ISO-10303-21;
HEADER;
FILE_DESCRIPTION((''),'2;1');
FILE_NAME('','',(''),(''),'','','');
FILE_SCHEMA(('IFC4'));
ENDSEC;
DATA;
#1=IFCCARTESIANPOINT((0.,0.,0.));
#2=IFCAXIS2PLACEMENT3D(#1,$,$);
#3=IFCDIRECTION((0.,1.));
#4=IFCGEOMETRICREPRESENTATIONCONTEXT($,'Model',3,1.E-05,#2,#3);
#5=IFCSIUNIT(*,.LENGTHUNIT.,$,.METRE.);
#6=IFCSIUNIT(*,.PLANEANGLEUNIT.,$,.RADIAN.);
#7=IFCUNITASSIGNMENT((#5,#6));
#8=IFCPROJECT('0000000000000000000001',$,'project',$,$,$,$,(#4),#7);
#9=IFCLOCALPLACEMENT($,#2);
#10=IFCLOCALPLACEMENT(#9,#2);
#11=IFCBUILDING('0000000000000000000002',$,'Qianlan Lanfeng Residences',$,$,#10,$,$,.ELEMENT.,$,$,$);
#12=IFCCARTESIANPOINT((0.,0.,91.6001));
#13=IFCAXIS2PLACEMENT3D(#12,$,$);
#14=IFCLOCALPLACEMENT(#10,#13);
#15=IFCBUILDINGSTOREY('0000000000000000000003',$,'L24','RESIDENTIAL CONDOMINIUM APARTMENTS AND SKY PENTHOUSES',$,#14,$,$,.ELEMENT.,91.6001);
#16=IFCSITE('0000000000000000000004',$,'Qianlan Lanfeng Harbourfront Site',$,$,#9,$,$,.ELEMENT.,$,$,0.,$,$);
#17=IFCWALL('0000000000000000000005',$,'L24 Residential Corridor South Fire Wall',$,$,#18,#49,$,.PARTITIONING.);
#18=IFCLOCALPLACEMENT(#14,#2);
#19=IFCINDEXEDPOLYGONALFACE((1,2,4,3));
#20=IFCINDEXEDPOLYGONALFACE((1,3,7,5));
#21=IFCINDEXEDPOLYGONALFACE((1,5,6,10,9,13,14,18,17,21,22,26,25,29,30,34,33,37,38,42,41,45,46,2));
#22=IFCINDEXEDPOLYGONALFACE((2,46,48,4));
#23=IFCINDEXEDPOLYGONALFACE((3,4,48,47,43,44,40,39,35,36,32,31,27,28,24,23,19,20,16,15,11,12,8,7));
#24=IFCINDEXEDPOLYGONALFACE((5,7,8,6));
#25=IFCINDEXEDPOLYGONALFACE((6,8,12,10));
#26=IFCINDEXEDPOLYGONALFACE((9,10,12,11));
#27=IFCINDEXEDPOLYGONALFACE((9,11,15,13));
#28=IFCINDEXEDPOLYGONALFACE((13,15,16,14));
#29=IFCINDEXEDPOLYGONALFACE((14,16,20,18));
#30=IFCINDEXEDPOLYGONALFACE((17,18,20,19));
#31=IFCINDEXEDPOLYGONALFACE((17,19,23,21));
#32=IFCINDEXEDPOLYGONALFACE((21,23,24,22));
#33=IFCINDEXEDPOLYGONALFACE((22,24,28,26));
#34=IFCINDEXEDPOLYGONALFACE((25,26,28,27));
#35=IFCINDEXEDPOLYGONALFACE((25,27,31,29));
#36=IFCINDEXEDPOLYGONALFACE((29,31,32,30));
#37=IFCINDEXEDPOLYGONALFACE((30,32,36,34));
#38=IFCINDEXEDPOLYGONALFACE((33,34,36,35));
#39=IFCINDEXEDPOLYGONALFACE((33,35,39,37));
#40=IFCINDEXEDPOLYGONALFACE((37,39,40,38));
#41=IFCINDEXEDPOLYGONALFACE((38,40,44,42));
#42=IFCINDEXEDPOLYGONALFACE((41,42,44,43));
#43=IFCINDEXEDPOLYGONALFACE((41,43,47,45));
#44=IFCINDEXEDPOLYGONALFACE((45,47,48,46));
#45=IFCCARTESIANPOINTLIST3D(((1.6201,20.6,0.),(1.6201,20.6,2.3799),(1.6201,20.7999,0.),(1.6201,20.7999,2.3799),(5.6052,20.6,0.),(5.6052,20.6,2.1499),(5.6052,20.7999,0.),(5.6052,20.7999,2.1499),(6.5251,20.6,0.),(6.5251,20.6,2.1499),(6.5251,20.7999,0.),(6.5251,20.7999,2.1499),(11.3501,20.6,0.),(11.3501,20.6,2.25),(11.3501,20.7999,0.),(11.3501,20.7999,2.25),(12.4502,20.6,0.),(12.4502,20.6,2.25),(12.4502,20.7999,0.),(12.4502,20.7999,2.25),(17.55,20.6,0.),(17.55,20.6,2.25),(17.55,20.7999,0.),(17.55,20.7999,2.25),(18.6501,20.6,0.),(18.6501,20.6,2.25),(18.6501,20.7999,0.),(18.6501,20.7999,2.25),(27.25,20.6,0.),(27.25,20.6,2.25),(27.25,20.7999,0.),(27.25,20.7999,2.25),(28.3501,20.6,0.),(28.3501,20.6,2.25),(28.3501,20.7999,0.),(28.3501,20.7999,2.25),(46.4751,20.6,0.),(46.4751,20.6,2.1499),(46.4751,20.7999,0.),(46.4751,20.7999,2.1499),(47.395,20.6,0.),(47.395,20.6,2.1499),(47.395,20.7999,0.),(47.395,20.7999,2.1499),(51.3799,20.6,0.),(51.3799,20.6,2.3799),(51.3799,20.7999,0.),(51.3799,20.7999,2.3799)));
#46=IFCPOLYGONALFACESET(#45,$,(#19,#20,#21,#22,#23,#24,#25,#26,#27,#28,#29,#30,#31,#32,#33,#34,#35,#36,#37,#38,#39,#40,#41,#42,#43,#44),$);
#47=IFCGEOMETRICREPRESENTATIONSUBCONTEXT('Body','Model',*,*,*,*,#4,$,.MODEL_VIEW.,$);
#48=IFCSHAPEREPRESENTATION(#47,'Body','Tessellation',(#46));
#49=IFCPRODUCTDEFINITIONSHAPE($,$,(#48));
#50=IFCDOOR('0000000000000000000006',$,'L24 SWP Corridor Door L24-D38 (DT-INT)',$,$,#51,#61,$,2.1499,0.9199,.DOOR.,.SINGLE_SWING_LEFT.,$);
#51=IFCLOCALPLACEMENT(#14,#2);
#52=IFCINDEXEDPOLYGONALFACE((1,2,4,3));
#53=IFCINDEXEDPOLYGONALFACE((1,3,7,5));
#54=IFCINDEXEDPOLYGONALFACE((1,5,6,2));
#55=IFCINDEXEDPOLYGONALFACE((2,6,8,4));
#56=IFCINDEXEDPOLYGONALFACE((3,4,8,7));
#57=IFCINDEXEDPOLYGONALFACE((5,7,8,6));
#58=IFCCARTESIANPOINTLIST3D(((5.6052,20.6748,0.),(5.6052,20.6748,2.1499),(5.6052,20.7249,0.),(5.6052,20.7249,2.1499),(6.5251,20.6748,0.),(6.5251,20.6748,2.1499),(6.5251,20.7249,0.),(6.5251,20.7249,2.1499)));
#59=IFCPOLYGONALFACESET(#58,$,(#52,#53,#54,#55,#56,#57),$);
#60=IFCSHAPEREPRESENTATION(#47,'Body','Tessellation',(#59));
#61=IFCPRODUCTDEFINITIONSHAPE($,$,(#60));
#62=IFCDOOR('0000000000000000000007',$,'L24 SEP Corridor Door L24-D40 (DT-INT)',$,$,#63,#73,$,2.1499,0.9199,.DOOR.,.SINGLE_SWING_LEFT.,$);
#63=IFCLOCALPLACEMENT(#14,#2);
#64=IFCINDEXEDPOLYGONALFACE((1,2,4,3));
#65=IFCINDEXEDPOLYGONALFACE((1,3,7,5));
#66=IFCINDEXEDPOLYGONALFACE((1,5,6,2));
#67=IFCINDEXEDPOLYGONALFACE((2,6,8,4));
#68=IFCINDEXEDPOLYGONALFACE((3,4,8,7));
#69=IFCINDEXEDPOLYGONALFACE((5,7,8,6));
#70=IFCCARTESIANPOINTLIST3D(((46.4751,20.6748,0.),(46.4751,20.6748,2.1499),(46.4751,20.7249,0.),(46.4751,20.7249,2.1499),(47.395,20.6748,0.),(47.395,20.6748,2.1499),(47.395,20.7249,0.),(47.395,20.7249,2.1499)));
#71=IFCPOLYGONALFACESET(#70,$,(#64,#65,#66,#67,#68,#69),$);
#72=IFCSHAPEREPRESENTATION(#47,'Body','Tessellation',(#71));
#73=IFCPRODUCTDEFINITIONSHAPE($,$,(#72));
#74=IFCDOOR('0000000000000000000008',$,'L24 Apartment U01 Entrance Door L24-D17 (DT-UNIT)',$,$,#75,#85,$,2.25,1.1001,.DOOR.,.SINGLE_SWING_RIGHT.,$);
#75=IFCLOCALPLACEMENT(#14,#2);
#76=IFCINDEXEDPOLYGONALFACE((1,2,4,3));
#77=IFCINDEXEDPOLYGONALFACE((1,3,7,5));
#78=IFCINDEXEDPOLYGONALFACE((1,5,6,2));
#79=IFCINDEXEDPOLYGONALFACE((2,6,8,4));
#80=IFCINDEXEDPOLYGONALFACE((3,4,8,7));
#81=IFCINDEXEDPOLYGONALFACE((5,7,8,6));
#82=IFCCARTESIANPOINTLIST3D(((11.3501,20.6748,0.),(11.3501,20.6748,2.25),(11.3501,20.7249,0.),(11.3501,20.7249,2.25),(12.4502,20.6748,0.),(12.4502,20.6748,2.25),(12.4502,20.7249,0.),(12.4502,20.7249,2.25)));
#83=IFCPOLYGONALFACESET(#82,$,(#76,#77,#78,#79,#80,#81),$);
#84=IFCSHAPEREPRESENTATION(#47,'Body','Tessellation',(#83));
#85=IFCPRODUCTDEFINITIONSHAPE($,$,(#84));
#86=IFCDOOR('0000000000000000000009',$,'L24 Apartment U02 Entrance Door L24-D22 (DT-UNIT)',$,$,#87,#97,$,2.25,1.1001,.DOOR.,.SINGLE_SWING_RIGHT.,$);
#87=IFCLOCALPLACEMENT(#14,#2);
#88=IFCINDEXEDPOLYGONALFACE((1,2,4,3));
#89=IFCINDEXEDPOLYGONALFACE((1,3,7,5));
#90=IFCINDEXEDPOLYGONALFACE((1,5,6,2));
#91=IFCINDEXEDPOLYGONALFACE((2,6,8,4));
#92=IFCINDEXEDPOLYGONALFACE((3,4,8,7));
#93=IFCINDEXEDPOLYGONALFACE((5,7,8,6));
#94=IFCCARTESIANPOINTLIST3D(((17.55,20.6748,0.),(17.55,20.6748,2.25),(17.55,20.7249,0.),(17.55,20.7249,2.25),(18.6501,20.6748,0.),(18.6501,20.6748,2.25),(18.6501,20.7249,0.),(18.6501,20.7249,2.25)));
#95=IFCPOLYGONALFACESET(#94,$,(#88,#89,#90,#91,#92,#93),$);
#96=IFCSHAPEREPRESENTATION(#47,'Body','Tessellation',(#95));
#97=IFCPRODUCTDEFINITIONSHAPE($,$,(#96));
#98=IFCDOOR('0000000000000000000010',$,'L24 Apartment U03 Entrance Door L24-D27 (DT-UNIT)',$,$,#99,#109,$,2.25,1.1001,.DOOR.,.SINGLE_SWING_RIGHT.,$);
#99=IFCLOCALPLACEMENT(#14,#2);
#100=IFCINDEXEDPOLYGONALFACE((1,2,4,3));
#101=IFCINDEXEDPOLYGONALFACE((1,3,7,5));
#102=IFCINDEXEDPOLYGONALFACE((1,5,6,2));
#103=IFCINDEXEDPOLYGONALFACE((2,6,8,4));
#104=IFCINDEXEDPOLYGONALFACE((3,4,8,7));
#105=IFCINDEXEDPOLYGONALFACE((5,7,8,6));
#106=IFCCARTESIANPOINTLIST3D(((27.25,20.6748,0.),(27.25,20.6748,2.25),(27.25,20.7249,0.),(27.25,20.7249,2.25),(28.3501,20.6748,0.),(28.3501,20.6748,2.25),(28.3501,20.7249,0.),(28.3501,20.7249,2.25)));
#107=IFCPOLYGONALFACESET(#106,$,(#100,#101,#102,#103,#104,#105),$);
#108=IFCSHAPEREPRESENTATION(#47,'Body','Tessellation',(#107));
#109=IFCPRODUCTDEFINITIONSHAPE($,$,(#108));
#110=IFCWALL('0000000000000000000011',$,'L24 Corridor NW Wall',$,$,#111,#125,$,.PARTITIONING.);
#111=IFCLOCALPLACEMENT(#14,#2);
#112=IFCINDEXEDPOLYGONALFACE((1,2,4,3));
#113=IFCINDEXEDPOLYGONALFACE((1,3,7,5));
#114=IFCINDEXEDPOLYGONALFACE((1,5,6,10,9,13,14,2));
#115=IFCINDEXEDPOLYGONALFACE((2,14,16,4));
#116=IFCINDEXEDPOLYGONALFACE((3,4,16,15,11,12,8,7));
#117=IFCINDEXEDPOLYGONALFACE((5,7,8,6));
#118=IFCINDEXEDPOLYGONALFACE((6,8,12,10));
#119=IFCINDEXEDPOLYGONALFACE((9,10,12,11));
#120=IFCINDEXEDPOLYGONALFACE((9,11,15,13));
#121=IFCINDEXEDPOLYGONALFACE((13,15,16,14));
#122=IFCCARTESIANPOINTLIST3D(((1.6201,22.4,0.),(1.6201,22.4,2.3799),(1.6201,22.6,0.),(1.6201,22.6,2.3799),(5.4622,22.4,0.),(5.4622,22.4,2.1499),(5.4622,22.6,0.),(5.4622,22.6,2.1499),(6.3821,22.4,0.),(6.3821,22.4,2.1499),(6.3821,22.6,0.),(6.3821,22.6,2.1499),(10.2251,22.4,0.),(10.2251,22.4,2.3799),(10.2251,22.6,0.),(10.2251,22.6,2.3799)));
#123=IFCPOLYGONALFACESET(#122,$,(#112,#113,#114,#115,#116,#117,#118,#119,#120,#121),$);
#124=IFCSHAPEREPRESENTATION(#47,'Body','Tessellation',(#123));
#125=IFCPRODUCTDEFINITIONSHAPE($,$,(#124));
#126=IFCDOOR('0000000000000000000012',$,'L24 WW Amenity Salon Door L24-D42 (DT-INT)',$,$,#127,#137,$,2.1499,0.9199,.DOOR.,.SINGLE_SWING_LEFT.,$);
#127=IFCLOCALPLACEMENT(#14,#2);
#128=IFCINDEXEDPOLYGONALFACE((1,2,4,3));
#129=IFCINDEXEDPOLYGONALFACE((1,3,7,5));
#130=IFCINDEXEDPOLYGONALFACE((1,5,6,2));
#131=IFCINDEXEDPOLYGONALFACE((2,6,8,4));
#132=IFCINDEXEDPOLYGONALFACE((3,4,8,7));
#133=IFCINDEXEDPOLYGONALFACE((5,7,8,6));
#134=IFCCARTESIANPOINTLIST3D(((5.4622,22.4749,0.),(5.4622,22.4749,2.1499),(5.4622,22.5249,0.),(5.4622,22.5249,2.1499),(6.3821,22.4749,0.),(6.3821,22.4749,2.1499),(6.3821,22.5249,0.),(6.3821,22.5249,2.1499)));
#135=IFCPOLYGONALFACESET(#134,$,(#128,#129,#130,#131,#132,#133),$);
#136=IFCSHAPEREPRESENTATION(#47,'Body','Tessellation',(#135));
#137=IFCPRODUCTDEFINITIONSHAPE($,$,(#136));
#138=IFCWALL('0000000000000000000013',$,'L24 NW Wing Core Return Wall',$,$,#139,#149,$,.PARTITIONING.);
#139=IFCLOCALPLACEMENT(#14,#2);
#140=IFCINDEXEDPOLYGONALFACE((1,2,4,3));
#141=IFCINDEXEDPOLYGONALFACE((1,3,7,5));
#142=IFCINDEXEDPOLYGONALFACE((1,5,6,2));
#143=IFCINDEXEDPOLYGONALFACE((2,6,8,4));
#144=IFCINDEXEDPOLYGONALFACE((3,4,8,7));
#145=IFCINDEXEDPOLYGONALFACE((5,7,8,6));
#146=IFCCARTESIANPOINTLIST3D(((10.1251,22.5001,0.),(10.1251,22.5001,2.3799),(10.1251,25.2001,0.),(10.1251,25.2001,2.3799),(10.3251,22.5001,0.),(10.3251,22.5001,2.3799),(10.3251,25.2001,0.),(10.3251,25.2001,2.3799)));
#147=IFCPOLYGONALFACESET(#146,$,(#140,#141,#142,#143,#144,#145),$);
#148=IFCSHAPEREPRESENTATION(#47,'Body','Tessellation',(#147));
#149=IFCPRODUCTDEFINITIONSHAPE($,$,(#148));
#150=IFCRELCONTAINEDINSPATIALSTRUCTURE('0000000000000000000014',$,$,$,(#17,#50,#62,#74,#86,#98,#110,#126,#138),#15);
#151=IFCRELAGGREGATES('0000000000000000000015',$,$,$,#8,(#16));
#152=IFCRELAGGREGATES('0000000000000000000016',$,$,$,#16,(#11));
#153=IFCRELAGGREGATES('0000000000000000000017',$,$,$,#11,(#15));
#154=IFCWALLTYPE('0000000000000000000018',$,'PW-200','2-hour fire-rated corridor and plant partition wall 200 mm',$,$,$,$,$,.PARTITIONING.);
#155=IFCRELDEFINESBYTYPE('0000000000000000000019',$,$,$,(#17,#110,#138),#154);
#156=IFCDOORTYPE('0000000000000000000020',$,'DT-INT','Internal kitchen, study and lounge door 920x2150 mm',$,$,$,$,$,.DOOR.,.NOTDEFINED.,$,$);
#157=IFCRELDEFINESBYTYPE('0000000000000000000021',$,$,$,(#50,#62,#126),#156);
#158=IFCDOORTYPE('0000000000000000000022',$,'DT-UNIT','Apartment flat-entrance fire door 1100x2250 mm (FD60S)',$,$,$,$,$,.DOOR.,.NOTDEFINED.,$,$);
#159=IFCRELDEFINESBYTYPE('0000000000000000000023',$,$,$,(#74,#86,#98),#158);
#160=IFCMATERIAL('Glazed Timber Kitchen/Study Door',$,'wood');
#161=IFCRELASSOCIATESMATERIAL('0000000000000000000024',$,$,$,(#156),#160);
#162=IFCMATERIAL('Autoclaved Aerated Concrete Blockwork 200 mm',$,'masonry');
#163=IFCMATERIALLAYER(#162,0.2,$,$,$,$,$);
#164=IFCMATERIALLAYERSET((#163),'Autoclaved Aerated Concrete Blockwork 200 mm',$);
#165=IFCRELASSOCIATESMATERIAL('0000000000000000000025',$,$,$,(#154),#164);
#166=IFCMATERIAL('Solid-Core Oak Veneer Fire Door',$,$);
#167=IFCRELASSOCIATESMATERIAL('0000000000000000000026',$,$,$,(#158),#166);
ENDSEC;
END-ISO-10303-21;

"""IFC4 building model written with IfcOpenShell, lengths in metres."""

from ifc_helpers import new_model, si_unit, direction, frame, frame_2d, origin, place, context, subcontext, project, spatial, rectangle, extrude, material, layer, layer_set, type_object, element, fill, save


model = new_model("IFC4")

# Units and contexts
model_context = context("Model", 3, precision=1e-05, world=origin(), true_north=direction((0.0, 1.0)))
body_context = subcontext(model_context, "Body", "Model", "MODEL_VIEW")
ifc_project = project(units=[si_unit("LENGTHUNIT", "METRE"), si_unit("PLANEANGLEUNIT", "RADIAN")], contexts=[model_context])

# Site, building, storey
site_placement = place(None, origin())
site = spatial("IfcSite", under=ifc_project, at=site_placement, Name="Qianlan Lanfeng Harbourfront Site", CompositionType="ELEMENT", RefElevation=0.0)
building_placement = place(site_placement, origin())
building = spatial("IfcBuilding", under=site, at=building_placement, Name="Qianlan Lanfeng Residences", CompositionType="ELEMENT")
storey_placement = place(building_placement, frame((0.0, 0.0, 91.6001)))
storey = spatial("IfcBuildingStorey", under=building, at=storey_placement, Name="L24", Description="RESIDENTIAL CONDOMINIUM APARTMENTS AND SKY PENTHOUSES", CompositionType="ELEMENT", Elevation=91.6001)

# Shared definitions
ifc_material_1 = material(Name="Glazed Timber Kitchen/Study Door", Category="wood")
door_type_1 = type_object("IfcDoorType", Name="DT-INT", Description="Internal kitchen, study and lounge door 920x2150 mm", OperationType="NOTDEFINED", PredefinedType="DOOR", material=ifc_material_1)

# Wall, openings, doors
ifc_material_2 = material(Name="Autoclaved Aerated Concrete Blockwork 200 mm", Category="masonry")
ifc_layer_1 = layer(ifc_material_2, 0.2)
ifc_layer_set_1 = layer_set([ifc_layer_1], Name="Autoclaved Aerated Concrete Blockwork 200 mm")
wall_type_1 = type_object("IfcWallType", Name="PW-200", Description="2-hour fire-rated corridor and plant partition wall 200 mm", PredefinedType="PARTITIONING", material=ifc_layer_set_1)
wall_1_placement = place(storey_placement, frame((1.6201, 20.7, 0.0), z_axis=(0.0, 0.0, 1.0), x_axis=(1.0, 0.0, 0.0)))
wall_1 = element("IfcWall", 1, at=wall_1_placement, inside=storey, type_object=wall_type_1, Name="L24 Residential Corridor South Fire Wall", PredefinedType="PARTITIONING", context=body_context, shape_type="SweptSolid", body=[
    extrude(rectangle(XDim=49.7598, YDim=0.2, at=frame_2d((24.8799, 0.0))), origin(), (0.0, 0.0, 1.0), 2.3799),
])
opening_1_placement = place(wall_1_placement, frame((9.73, 0.0, 0.0)))
opening_1 = element("IfcOpeningElement", 2, at=opening_1_placement, cuts=wall_1, PredefinedType="OPENING", context=body_context, shape_type="SweptSolid", body=[
    extrude(rectangle(XDim=1.1001, YDim=2.25, at=frame_2d((0.55, 1.125))), frame((0.0, 0.1099, 0.0), z_axis=(0.0, -1.0, 0.0), x_axis=(1.0, 0.0, 0.0)), (0.0, 0.0, 1.0), 0.22),
])
opening_2_placement = place(wall_1_placement, frame((15.9299, 0.0, 0.0)))
opening_2 = element("IfcOpeningElement", 3, at=opening_2_placement, cuts=wall_1, PredefinedType="OPENING", context=body_context, shape_type="SweptSolid", body=[
    extrude(rectangle(XDim=1.1001, YDim=2.25, at=frame_2d((0.55, 1.125))), frame((0.0, 0.1099, 0.0), z_axis=(0.0, -1.0, 0.0), x_axis=(1.0, 0.0, 0.0)), (0.0, 0.0, 1.0), 0.22),
])
opening_3_placement = place(wall_1_placement, frame((25.6299, 0.0, 0.0)))
opening_3 = element("IfcOpeningElement", 4, at=opening_3_placement, cuts=wall_1, PredefinedType="OPENING", context=body_context, shape_type="SweptSolid", body=[
    extrude(rectangle(XDim=1.1001, YDim=2.25, at=frame_2d((0.55, 1.125))), frame((0.0, 0.1099, 0.0), z_axis=(0.0, -1.0, 0.0), x_axis=(1.0, 0.0, 0.0)), (0.0, 0.0, 1.0), 0.22),
])
opening_4_placement = place(wall_1_placement, frame((3.9851, 0.0, 0.0)))
opening_4 = element("IfcOpeningElement", 5, at=opening_4_placement, cuts=wall_1, PredefinedType="OPENING", context=body_context, shape_type="SweptSolid", body=[
    extrude(rectangle(XDim=0.9199, YDim=2.1499, at=frame_2d((0.46, 1.075))), frame((0.0, 0.1099, 0.0), z_axis=(0.0, -1.0, 0.0), x_axis=(1.0, 0.0, 0.0)), (0.0, 0.0, 1.0), 0.22),
])
opening_5_placement = place(wall_1_placement, frame((44.855, 0.0, 0.0)))
opening_5 = element("IfcOpeningElement", 6, at=opening_5_placement, cuts=wall_1, PredefinedType="OPENING", context=body_context, shape_type="SweptSolid", body=[
    extrude(rectangle(XDim=0.9199, YDim=2.1499, at=frame_2d((0.46, 1.075))), frame((0.0, 0.1099, 0.0), z_axis=(0.0, -1.0, 0.0), x_axis=(1.0, 0.0, 0.0)), (0.0, 0.0, 1.0), 0.22),
])
door_1_placement = place(opening_4_placement, origin())
door_1 = element("IfcDoor", 7, at=door_1_placement, inside=storey, type_object=door_type_1, Name="L24 SWP Corridor Door L24-D38 (DT-INT)", OperationType="SINGLE_SWING_LEFT", OverallHeight=2.1499, OverallWidth=0.9199, PredefinedType="DOOR", context=body_context, shape_type="SweptSolid", body=[
    extrude(rectangle(XDim=0.9199, YDim=2.1499, at=frame_2d((0.46, 1.075))), frame((0.0, 0.0249, 0.0), z_axis=(0.0, -1.0, 0.0), x_axis=(1.0, 0.0, 0.0)), (0.0, 0.0, 1.0), 0.05),
])
fill(opening_4, door_1)
door_2_placement = place(opening_5_placement, origin())
door_2 = element("IfcDoor", 8, at=door_2_placement, inside=storey, type_object=door_type_1, Name="L24 SEP Corridor Door L24-D40 (DT-INT)", OperationType="SINGLE_SWING_LEFT", OverallHeight=2.1499, OverallWidth=0.9199, PredefinedType="DOOR", context=body_context, shape_type="SweptSolid", body=[
    extrude(rectangle(XDim=0.9199, YDim=2.1499, at=frame_2d((0.46, 1.075))), frame((0.0, 0.0249, 0.0), z_axis=(0.0, -1.0, 0.0), x_axis=(1.0, 0.0, 0.0)), (0.0, 0.0, 1.0), 0.05),
])
fill(opening_5, door_2)
ifc_material_3 = material(Name="Solid-Core Oak Veneer Fire Door")
door_type_2 = type_object("IfcDoorType", Name="DT-UNIT", Description="Apartment flat-entrance fire door 1100x2250 mm (FD60S)", OperationType="NOTDEFINED", PredefinedType="DOOR", material=ifc_material_3)
door_3_placement = place(opening_1_placement, origin())
door_3 = element("IfcDoor", 9, at=door_3_placement, inside=storey, type_object=door_type_2, Name="L24 Apartment U01 Entrance Door L24-D17 (DT-UNIT)", OperationType="SINGLE_SWING_RIGHT", OverallHeight=2.25, OverallWidth=1.1001, PredefinedType="DOOR", context=body_context, shape_type="SweptSolid", body=[
    extrude(rectangle(XDim=1.1001, YDim=2.25, at=frame_2d((0.55, 1.125))), frame((0.0, 0.0249, 0.0), z_axis=(0.0, -1.0, 0.0), x_axis=(1.0, 0.0, 0.0)), (0.0, 0.0, 1.0), 0.05),
])
fill(opening_1, door_3)
door_4_placement = place(opening_2_placement, origin())
door_4 = element("IfcDoor", 10, at=door_4_placement, inside=storey, type_object=door_type_2, Name="L24 Apartment U02 Entrance Door L24-D22 (DT-UNIT)", OperationType="SINGLE_SWING_RIGHT", OverallHeight=2.25, OverallWidth=1.1001, PredefinedType="DOOR", context=body_context, shape_type="SweptSolid", body=[
    extrude(rectangle(XDim=1.1001, YDim=2.25, at=frame_2d((0.55, 1.125))), frame((0.0, 0.0249, 0.0), z_axis=(0.0, -1.0, 0.0), x_axis=(1.0, 0.0, 0.0)), (0.0, 0.0, 1.0), 0.05),
])
fill(opening_2, door_4)
door_5_placement = place(opening_3_placement, origin())
door_5 = element("IfcDoor", 11, at=door_5_placement, inside=storey, type_object=door_type_2, Name="L24 Apartment U03 Entrance Door L24-D27 (DT-UNIT)", OperationType="SINGLE_SWING_RIGHT", OverallHeight=2.25, OverallWidth=1.1001, PredefinedType="DOOR", context=body_context, shape_type="SweptSolid", body=[
    extrude(rectangle(XDim=1.1001, YDim=2.25, at=frame_2d((0.55, 1.125))), frame((0.0, 0.0249, 0.0), z_axis=(0.0, -1.0, 0.0), x_axis=(1.0, 0.0, 0.0)), (0.0, 0.0, 1.0), 0.05),
])
fill(opening_3, door_5)

# Wall, opening, door
wall_2_placement = place(storey_placement, frame((1.6201, 22.5, 0.0), z_axis=(0.0, 0.0, 1.0), x_axis=(1.0, 0.0, 0.0)))
wall_2 = element("IfcWall", 12, at=wall_2_placement, inside=storey, type_object=wall_type_1, Name="L24 Corridor NW Wall", PredefinedType="PARTITIONING", context=body_context, shape_type="SweptSolid", body=[
    extrude(rectangle(XDim=8.605, YDim=0.2, at=frame_2d((4.3025, 0.0))), origin(), (0.0, 0.0, 1.0), 2.3799),
])
opening_6_placement = place(wall_2_placement, frame((3.842, 0.0, 0.0)))
opening_6 = element("IfcOpeningElement", 13, at=opening_6_placement, cuts=wall_2, PredefinedType="OPENING", context=body_context, shape_type="SweptSolid", body=[
    extrude(rectangle(XDim=0.9199, YDim=2.1499, at=frame_2d((0.46, 1.075))), frame((0.0, 0.1099, 0.0), z_axis=(0.0, -1.0, 0.0), x_axis=(1.0, 0.0, 0.0)), (0.0, 0.0, 1.0), 0.22),
])
door_6_placement = place(opening_6_placement, origin())
door_6 = element("IfcDoor", 14, at=door_6_placement, inside=storey, type_object=door_type_1, Name="L24 WW Amenity Salon Door L24-D42 (DT-INT)", OperationType="SINGLE_SWING_LEFT", OverallHeight=2.1499, OverallWidth=0.9199, PredefinedType="DOOR", context=body_context, shape_type="SweptSolid", body=[
    extrude(rectangle(XDim=0.9199, YDim=2.1499, at=frame_2d((0.46, 1.075))), frame((0.0, 0.0249, 0.0), z_axis=(0.0, -1.0, 0.0), x_axis=(1.0, 0.0, 0.0)), (0.0, 0.0, 1.0), 0.05),
])
fill(opening_6, door_6)

# Wall
wall_3_placement = place(storey_placement, frame((10.2251, 22.5, 0.0), z_axis=(0.0, 0.0, 1.0), x_axis=(0.0, 1.0, 0.0)))
element("IfcWall", 15, at=wall_3_placement, inside=storey, type_object=wall_type_1, Name="L24 NW Wing Core Return Wall", PredefinedType="PARTITIONING", context=body_context, shape_type="SweptSolid", body=[
    extrude(rectangle(XDim=2.7, YDim=0.2, at=frame_2d((1.3501, 0.0))), origin(), (0.0, 0.0, 1.0), 2.3799),
])

save(model, "model.ifc")
